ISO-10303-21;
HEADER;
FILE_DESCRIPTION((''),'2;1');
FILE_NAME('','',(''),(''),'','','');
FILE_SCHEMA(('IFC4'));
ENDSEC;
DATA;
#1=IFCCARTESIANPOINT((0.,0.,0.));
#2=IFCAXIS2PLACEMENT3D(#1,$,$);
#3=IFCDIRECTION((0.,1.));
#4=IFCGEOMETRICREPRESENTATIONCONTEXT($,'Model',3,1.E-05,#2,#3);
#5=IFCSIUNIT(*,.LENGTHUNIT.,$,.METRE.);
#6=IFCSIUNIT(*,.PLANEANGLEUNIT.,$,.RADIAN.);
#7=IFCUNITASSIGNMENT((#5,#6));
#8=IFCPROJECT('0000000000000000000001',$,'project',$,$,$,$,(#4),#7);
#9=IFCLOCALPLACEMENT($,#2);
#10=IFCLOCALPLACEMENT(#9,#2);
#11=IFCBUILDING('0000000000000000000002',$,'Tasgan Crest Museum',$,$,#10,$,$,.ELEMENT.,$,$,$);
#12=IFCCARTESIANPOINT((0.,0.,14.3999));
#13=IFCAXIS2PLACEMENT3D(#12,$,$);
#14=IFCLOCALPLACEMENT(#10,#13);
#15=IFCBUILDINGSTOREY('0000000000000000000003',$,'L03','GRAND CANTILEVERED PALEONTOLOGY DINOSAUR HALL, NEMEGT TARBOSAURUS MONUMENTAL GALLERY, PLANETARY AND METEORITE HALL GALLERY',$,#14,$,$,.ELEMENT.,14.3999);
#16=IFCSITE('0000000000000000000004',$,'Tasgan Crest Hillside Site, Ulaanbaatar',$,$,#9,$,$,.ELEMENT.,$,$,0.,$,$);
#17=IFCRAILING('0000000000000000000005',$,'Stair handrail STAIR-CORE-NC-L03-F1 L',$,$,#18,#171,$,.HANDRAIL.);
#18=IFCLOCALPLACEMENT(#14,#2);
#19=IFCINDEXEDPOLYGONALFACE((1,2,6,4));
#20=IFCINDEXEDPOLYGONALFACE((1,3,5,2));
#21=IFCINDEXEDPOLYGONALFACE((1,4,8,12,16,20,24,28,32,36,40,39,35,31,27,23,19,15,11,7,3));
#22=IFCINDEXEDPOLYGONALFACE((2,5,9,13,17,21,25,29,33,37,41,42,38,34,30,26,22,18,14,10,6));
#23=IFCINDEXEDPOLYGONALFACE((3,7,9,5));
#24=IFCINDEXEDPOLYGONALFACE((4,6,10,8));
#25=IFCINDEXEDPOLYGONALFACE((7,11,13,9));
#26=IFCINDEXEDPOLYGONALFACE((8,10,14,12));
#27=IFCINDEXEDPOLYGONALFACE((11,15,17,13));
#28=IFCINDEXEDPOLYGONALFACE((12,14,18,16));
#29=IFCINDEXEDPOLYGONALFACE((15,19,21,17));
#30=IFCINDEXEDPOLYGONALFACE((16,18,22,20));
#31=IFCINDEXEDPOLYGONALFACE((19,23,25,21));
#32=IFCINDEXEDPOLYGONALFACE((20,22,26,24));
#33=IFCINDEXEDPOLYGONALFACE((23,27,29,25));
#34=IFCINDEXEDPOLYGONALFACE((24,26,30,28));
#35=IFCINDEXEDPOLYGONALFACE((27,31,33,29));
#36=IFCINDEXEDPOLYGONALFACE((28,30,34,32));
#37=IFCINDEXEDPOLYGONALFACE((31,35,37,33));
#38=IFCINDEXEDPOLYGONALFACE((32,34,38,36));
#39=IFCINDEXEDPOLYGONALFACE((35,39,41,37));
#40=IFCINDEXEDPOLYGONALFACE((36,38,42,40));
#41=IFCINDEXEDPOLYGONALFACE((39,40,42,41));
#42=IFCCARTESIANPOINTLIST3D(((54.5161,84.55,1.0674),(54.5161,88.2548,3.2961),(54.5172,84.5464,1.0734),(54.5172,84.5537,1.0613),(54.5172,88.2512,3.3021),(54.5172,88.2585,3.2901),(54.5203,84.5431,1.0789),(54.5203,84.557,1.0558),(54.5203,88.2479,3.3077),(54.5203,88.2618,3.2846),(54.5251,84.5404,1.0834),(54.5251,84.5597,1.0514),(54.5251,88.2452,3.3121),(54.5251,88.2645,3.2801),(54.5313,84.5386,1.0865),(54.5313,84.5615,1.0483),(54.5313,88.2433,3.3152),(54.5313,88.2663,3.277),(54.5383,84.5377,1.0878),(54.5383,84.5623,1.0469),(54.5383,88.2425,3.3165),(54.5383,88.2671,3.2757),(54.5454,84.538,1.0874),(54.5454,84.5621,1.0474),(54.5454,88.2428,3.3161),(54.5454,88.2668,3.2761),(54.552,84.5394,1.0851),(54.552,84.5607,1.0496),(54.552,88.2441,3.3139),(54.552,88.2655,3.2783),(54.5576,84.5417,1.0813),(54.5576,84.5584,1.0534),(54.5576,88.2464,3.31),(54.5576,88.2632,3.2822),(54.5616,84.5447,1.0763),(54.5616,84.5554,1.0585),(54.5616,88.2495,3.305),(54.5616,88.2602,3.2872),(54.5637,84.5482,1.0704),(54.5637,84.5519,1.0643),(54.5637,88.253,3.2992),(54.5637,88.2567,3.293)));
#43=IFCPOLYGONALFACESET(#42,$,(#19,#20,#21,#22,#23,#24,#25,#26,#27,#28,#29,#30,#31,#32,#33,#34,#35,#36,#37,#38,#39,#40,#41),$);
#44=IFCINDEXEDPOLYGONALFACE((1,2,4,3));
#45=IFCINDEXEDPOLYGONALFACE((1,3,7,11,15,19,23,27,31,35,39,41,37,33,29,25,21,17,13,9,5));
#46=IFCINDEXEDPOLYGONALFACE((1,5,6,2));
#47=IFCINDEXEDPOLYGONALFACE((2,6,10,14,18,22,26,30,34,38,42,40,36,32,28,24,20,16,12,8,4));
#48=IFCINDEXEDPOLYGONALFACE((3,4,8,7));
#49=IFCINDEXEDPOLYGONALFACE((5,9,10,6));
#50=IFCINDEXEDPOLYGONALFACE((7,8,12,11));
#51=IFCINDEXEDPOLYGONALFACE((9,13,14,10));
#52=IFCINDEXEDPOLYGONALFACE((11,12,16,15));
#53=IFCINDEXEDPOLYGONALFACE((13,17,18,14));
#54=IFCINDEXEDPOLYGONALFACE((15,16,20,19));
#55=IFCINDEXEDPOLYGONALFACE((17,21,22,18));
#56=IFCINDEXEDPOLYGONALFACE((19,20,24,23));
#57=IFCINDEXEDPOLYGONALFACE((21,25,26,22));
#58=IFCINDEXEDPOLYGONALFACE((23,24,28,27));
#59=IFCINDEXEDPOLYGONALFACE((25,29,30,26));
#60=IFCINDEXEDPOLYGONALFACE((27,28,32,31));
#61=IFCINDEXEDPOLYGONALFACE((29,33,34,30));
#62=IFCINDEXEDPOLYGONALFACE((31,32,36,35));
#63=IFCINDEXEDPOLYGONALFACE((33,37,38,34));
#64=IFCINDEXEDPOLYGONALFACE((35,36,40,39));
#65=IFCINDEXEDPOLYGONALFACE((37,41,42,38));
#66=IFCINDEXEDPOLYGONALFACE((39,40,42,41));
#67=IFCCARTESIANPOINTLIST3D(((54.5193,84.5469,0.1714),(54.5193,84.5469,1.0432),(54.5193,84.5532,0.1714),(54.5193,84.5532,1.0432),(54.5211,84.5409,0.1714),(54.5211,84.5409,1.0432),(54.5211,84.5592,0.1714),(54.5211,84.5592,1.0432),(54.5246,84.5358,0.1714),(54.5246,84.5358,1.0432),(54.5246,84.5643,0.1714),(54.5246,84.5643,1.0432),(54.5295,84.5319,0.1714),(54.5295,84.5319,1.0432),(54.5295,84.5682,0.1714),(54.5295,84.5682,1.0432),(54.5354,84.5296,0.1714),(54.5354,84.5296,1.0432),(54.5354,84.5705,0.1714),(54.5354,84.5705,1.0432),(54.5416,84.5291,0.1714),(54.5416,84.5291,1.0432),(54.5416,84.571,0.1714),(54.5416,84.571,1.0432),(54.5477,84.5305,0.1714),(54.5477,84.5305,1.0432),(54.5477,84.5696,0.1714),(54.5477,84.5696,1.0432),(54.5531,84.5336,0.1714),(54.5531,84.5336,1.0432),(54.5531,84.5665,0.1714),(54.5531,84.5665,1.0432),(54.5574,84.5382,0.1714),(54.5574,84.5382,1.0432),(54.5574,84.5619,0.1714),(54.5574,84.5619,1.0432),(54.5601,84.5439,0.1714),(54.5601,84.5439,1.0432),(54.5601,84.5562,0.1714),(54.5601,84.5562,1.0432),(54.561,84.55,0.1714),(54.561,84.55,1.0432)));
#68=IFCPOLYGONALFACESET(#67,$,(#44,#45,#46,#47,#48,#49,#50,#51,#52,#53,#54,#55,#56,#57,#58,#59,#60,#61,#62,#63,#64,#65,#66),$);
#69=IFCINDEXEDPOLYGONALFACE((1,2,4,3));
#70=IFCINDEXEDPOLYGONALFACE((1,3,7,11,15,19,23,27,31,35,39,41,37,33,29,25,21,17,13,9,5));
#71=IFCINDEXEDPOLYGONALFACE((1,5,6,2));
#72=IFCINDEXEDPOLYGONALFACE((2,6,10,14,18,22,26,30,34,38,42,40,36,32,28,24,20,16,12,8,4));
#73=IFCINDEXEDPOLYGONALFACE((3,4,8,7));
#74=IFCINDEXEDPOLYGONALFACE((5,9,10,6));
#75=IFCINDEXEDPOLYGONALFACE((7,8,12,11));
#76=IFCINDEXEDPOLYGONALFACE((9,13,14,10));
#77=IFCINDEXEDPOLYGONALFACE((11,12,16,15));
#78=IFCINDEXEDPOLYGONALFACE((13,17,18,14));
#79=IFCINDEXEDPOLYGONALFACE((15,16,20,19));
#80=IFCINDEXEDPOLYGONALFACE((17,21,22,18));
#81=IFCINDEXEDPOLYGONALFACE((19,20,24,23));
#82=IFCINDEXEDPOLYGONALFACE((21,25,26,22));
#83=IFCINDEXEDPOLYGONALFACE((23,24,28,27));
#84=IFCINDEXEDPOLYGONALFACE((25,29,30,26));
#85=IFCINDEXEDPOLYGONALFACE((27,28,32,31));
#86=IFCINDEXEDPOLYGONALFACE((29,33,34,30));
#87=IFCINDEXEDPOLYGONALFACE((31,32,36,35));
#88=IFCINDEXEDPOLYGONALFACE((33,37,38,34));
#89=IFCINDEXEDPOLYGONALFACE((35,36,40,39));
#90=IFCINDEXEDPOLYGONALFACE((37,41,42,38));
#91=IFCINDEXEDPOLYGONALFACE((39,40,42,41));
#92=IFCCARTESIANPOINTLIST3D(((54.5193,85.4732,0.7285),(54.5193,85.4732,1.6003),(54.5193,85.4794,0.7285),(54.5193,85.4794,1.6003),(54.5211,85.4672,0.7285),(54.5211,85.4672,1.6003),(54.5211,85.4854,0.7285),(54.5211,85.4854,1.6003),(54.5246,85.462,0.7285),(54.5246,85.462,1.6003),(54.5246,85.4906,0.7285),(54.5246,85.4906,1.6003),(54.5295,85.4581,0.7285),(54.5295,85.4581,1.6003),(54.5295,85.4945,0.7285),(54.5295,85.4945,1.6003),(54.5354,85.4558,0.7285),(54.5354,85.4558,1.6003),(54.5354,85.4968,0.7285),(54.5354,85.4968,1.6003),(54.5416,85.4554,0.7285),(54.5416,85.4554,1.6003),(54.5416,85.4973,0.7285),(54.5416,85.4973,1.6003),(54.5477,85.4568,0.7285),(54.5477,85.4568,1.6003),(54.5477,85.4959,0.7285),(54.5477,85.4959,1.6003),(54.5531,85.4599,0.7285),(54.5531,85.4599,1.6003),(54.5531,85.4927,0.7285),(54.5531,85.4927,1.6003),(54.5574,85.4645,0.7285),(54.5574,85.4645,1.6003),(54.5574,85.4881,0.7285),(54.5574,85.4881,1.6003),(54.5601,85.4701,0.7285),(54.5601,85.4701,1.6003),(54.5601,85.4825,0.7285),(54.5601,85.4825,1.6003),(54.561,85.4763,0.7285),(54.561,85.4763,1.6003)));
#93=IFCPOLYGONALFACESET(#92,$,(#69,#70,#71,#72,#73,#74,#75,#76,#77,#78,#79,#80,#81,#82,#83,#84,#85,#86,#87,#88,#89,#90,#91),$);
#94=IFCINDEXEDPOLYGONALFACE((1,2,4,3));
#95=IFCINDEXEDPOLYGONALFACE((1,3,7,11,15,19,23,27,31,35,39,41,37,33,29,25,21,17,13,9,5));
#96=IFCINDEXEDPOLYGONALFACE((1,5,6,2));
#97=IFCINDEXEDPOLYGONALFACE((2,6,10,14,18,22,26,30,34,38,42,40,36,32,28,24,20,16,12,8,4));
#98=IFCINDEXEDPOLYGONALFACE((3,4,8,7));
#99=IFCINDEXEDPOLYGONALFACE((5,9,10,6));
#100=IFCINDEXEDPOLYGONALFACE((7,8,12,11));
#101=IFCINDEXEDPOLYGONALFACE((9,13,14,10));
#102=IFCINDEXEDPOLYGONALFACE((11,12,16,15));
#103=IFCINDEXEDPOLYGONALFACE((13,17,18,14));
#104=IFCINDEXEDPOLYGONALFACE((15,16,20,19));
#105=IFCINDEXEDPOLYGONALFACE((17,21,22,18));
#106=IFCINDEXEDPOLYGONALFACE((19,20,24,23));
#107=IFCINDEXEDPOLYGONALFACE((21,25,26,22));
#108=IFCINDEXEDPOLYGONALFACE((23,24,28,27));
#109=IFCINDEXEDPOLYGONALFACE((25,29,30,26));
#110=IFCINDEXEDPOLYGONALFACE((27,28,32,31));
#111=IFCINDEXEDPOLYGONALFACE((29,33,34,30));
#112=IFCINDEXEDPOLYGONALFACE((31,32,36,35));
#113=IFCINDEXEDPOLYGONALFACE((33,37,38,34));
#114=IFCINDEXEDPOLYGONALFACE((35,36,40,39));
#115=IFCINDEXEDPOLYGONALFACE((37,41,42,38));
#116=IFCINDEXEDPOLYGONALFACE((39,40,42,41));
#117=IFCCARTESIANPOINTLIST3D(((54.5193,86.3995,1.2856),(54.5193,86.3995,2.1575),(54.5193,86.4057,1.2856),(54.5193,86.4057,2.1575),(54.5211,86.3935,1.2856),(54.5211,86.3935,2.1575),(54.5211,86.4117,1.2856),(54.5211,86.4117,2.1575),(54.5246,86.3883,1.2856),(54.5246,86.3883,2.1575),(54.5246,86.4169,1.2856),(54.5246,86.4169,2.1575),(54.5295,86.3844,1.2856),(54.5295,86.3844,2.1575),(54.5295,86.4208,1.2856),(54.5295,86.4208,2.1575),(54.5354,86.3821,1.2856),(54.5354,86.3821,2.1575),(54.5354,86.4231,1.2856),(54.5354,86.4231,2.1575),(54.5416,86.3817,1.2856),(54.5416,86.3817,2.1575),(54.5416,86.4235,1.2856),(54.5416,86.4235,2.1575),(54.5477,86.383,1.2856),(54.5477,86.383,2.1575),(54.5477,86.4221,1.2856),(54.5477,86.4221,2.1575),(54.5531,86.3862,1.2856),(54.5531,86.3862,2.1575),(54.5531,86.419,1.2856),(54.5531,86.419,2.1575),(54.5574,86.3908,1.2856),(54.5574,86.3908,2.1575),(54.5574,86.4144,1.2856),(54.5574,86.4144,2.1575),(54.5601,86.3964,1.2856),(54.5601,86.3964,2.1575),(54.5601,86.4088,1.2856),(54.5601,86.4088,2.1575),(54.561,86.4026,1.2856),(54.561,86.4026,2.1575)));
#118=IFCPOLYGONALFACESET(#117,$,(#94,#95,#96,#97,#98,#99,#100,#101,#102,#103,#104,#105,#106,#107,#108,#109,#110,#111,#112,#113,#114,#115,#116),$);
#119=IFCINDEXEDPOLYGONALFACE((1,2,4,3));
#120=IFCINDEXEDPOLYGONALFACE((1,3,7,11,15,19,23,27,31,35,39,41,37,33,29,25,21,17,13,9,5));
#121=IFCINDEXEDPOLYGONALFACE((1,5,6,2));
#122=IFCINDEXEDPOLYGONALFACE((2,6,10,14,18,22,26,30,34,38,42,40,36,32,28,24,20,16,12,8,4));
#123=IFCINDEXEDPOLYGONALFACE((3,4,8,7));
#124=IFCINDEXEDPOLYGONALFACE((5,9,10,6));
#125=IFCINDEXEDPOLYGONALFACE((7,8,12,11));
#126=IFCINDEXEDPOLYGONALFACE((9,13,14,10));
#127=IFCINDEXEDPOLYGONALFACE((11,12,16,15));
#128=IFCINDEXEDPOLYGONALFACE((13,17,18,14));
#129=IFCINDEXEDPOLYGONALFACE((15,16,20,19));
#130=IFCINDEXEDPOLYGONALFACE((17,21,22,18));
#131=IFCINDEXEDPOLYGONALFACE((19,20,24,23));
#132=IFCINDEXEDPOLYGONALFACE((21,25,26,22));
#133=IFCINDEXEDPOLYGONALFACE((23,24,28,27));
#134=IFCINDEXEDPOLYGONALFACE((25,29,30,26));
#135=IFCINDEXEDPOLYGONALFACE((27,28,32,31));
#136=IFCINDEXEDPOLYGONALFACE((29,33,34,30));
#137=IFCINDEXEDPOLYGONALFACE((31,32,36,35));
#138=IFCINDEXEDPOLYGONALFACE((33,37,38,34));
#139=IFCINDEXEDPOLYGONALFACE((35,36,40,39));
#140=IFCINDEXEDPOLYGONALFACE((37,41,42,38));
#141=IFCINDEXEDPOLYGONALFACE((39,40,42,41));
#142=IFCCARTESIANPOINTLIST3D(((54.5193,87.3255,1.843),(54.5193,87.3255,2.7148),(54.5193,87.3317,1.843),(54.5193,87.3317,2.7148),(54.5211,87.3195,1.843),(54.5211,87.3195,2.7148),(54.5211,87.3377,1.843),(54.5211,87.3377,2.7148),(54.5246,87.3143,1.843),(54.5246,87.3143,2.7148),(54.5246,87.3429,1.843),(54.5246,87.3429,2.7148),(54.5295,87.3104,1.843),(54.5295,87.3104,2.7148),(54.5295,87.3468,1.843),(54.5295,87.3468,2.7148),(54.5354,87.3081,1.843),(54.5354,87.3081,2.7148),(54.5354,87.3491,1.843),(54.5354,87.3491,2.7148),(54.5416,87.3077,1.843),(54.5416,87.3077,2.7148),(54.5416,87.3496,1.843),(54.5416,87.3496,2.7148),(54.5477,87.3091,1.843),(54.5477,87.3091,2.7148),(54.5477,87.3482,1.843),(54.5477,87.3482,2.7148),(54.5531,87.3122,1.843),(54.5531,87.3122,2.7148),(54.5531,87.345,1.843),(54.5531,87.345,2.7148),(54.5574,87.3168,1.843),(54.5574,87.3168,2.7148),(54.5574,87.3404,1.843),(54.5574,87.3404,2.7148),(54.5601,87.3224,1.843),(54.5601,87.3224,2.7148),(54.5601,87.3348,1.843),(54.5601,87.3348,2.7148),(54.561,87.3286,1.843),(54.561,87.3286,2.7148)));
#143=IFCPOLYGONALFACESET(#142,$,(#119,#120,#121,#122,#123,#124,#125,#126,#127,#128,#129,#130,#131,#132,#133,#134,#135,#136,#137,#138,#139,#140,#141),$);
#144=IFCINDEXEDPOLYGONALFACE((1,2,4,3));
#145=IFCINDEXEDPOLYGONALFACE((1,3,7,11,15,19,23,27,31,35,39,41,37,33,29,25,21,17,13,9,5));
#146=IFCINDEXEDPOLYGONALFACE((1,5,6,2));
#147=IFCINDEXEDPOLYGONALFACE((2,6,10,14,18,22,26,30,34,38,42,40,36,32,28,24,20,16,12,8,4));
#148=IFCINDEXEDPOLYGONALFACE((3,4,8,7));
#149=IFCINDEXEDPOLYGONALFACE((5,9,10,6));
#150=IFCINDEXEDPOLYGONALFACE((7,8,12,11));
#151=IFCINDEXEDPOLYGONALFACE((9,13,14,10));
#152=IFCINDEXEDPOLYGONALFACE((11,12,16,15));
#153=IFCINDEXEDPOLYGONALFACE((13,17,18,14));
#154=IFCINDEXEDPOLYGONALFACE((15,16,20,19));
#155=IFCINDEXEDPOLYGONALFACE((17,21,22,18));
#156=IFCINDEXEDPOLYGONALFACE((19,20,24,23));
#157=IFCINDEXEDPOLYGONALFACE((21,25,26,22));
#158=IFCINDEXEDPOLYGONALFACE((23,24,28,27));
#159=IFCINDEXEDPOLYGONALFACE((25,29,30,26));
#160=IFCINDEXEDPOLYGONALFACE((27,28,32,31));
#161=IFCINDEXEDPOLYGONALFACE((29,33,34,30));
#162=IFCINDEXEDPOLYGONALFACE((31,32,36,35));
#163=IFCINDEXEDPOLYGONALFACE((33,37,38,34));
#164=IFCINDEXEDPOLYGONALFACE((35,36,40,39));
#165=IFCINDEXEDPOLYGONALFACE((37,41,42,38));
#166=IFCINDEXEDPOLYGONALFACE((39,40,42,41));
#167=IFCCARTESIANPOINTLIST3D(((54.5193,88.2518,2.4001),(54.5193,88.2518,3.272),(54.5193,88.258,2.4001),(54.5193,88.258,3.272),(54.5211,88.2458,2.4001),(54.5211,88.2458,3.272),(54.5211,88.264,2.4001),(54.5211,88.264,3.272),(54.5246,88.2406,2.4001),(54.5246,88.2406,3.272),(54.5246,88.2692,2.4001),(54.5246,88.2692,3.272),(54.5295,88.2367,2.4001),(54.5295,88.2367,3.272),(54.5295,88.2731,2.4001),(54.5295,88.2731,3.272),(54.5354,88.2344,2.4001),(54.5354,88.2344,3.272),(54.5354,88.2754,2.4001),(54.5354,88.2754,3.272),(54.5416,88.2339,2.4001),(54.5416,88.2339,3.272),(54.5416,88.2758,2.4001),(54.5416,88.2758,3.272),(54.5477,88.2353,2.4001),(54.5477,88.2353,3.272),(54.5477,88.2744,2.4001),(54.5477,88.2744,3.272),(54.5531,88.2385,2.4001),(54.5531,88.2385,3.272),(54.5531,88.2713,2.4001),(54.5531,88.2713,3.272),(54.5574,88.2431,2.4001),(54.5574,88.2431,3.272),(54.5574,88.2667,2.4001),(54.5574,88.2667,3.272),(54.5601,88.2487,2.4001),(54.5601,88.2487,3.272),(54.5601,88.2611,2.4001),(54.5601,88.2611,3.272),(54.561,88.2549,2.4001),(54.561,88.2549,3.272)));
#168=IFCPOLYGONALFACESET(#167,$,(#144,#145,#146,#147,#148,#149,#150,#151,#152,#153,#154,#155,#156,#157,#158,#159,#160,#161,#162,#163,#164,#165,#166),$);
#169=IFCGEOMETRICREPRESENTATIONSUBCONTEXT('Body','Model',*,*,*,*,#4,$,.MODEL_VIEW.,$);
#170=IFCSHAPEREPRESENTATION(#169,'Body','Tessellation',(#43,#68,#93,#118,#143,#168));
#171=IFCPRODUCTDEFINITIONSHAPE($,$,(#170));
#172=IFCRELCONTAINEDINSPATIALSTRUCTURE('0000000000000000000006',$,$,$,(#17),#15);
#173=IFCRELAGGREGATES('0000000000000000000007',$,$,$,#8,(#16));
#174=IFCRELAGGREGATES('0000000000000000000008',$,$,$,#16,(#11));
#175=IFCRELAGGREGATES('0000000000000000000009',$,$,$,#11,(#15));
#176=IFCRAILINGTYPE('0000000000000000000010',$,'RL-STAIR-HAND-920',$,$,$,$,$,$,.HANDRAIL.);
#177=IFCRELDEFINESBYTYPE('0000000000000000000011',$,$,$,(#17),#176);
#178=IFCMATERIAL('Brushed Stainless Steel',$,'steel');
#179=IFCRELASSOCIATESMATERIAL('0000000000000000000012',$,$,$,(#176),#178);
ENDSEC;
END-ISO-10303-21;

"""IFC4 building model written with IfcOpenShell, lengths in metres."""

from ifc_helpers import new_model, si_unit, direction, frame, origin, origin_2d, place, context, subcontext, project, spatial, circle, extrude, material, type_object, element, save


model = new_model("IFC4")

# Units and contexts
model_context = context("Model", 3, precision=1e-05, world=origin(), true_north=direction((0.0, 1.0)))
body_context = subcontext(model_context, "Body", "Model", "MODEL_VIEW")
ifc_project = project(units=[si_unit("LENGTHUNIT", "METRE"), si_unit("PLANEANGLEUNIT", "RADIAN")], contexts=[model_context])

# Site, building, storey
site_placement = place(None, origin())
site = spatial("IfcSite", under=ifc_project, at=site_placement, Name="Tasgan Crest Hillside Site, Ulaanbaatar", CompositionType="ELEMENT", RefElevation=0.0)
building_placement = place(site_placement, origin())
building = spatial("IfcBuilding", under=site, at=building_placement, Name="Tasgan Crest Museum", CompositionType="ELEMENT")
storey_placement = place(building_placement, frame((0.0, 0.0, 14.3999)))
storey = spatial("IfcBuildingStorey", under=building, at=storey_placement, Name="L03", Description="GRAND CANTILEVERED PALEONTOLOGY DINOSAUR HALL, NEMEGT TARBOSAURUS MONUMENTAL GALLERY, PLANETARY AND METEORITE HALL GALLERY", CompositionType="ELEMENT", Elevation=14.3999)

# Railing
ifc_material_1 = material(Name="Brushed Stainless Steel", Category="steel")
railing_type_1 = type_object("IfcRailingType", Name="RL-STAIR-HAND-920", PredefinedType="HANDRAIL", material=ifc_material_1)
for number, where, name in (
    (1, (54.54, 84.55, 0.1714), "Stair handrail STAIR-CORE-NC-L03-F1 L"),
):
    element("IfcRailing", number, at=place(storey_placement, frame(where)), inside=storey, type_object=railing_type_1, Name=name, PredefinedType="HANDRAIL", context=body_context, shape_type="SweptSolid", body=[
        extrude(circle(Radius=0.0239, at=origin_2d()), frame((0.0, 0.0, 0.896), z_axis=(0.0, 0.856894, 0.515492), x_axis=(-1.0, 0.0, 0.0)), (0.0, 0.0, 1.0), 4.3235),
        extrude(circle(Radius=0.021, at=origin_2d()), origin(), (0.0, 0.0, 1.0), 0.8718),
        extrude(circle(Radius=0.021, at=origin_2d()), frame((0.0, 0.9263, 0.5571)), (0.0, 0.0, 1.0), 0.8718),
        extrude(circle(Radius=0.021, at=origin_2d()), frame((0.0, 1.8525, 1.1143)), (0.0, 0.0, 1.0), 0.8718),
        extrude(circle(Radius=0.021, at=origin_2d()), frame((0.0, 2.7786, 1.6716)), (0.0, 0.0, 1.0), 0.8718),
        extrude(circle(Radius=0.021, at=origin_2d()), frame((0.0, 3.7048, 2.2288)), (0.0, 0.0, 1.0), 0.8718),
    ])

save(model, "model.ifc")
